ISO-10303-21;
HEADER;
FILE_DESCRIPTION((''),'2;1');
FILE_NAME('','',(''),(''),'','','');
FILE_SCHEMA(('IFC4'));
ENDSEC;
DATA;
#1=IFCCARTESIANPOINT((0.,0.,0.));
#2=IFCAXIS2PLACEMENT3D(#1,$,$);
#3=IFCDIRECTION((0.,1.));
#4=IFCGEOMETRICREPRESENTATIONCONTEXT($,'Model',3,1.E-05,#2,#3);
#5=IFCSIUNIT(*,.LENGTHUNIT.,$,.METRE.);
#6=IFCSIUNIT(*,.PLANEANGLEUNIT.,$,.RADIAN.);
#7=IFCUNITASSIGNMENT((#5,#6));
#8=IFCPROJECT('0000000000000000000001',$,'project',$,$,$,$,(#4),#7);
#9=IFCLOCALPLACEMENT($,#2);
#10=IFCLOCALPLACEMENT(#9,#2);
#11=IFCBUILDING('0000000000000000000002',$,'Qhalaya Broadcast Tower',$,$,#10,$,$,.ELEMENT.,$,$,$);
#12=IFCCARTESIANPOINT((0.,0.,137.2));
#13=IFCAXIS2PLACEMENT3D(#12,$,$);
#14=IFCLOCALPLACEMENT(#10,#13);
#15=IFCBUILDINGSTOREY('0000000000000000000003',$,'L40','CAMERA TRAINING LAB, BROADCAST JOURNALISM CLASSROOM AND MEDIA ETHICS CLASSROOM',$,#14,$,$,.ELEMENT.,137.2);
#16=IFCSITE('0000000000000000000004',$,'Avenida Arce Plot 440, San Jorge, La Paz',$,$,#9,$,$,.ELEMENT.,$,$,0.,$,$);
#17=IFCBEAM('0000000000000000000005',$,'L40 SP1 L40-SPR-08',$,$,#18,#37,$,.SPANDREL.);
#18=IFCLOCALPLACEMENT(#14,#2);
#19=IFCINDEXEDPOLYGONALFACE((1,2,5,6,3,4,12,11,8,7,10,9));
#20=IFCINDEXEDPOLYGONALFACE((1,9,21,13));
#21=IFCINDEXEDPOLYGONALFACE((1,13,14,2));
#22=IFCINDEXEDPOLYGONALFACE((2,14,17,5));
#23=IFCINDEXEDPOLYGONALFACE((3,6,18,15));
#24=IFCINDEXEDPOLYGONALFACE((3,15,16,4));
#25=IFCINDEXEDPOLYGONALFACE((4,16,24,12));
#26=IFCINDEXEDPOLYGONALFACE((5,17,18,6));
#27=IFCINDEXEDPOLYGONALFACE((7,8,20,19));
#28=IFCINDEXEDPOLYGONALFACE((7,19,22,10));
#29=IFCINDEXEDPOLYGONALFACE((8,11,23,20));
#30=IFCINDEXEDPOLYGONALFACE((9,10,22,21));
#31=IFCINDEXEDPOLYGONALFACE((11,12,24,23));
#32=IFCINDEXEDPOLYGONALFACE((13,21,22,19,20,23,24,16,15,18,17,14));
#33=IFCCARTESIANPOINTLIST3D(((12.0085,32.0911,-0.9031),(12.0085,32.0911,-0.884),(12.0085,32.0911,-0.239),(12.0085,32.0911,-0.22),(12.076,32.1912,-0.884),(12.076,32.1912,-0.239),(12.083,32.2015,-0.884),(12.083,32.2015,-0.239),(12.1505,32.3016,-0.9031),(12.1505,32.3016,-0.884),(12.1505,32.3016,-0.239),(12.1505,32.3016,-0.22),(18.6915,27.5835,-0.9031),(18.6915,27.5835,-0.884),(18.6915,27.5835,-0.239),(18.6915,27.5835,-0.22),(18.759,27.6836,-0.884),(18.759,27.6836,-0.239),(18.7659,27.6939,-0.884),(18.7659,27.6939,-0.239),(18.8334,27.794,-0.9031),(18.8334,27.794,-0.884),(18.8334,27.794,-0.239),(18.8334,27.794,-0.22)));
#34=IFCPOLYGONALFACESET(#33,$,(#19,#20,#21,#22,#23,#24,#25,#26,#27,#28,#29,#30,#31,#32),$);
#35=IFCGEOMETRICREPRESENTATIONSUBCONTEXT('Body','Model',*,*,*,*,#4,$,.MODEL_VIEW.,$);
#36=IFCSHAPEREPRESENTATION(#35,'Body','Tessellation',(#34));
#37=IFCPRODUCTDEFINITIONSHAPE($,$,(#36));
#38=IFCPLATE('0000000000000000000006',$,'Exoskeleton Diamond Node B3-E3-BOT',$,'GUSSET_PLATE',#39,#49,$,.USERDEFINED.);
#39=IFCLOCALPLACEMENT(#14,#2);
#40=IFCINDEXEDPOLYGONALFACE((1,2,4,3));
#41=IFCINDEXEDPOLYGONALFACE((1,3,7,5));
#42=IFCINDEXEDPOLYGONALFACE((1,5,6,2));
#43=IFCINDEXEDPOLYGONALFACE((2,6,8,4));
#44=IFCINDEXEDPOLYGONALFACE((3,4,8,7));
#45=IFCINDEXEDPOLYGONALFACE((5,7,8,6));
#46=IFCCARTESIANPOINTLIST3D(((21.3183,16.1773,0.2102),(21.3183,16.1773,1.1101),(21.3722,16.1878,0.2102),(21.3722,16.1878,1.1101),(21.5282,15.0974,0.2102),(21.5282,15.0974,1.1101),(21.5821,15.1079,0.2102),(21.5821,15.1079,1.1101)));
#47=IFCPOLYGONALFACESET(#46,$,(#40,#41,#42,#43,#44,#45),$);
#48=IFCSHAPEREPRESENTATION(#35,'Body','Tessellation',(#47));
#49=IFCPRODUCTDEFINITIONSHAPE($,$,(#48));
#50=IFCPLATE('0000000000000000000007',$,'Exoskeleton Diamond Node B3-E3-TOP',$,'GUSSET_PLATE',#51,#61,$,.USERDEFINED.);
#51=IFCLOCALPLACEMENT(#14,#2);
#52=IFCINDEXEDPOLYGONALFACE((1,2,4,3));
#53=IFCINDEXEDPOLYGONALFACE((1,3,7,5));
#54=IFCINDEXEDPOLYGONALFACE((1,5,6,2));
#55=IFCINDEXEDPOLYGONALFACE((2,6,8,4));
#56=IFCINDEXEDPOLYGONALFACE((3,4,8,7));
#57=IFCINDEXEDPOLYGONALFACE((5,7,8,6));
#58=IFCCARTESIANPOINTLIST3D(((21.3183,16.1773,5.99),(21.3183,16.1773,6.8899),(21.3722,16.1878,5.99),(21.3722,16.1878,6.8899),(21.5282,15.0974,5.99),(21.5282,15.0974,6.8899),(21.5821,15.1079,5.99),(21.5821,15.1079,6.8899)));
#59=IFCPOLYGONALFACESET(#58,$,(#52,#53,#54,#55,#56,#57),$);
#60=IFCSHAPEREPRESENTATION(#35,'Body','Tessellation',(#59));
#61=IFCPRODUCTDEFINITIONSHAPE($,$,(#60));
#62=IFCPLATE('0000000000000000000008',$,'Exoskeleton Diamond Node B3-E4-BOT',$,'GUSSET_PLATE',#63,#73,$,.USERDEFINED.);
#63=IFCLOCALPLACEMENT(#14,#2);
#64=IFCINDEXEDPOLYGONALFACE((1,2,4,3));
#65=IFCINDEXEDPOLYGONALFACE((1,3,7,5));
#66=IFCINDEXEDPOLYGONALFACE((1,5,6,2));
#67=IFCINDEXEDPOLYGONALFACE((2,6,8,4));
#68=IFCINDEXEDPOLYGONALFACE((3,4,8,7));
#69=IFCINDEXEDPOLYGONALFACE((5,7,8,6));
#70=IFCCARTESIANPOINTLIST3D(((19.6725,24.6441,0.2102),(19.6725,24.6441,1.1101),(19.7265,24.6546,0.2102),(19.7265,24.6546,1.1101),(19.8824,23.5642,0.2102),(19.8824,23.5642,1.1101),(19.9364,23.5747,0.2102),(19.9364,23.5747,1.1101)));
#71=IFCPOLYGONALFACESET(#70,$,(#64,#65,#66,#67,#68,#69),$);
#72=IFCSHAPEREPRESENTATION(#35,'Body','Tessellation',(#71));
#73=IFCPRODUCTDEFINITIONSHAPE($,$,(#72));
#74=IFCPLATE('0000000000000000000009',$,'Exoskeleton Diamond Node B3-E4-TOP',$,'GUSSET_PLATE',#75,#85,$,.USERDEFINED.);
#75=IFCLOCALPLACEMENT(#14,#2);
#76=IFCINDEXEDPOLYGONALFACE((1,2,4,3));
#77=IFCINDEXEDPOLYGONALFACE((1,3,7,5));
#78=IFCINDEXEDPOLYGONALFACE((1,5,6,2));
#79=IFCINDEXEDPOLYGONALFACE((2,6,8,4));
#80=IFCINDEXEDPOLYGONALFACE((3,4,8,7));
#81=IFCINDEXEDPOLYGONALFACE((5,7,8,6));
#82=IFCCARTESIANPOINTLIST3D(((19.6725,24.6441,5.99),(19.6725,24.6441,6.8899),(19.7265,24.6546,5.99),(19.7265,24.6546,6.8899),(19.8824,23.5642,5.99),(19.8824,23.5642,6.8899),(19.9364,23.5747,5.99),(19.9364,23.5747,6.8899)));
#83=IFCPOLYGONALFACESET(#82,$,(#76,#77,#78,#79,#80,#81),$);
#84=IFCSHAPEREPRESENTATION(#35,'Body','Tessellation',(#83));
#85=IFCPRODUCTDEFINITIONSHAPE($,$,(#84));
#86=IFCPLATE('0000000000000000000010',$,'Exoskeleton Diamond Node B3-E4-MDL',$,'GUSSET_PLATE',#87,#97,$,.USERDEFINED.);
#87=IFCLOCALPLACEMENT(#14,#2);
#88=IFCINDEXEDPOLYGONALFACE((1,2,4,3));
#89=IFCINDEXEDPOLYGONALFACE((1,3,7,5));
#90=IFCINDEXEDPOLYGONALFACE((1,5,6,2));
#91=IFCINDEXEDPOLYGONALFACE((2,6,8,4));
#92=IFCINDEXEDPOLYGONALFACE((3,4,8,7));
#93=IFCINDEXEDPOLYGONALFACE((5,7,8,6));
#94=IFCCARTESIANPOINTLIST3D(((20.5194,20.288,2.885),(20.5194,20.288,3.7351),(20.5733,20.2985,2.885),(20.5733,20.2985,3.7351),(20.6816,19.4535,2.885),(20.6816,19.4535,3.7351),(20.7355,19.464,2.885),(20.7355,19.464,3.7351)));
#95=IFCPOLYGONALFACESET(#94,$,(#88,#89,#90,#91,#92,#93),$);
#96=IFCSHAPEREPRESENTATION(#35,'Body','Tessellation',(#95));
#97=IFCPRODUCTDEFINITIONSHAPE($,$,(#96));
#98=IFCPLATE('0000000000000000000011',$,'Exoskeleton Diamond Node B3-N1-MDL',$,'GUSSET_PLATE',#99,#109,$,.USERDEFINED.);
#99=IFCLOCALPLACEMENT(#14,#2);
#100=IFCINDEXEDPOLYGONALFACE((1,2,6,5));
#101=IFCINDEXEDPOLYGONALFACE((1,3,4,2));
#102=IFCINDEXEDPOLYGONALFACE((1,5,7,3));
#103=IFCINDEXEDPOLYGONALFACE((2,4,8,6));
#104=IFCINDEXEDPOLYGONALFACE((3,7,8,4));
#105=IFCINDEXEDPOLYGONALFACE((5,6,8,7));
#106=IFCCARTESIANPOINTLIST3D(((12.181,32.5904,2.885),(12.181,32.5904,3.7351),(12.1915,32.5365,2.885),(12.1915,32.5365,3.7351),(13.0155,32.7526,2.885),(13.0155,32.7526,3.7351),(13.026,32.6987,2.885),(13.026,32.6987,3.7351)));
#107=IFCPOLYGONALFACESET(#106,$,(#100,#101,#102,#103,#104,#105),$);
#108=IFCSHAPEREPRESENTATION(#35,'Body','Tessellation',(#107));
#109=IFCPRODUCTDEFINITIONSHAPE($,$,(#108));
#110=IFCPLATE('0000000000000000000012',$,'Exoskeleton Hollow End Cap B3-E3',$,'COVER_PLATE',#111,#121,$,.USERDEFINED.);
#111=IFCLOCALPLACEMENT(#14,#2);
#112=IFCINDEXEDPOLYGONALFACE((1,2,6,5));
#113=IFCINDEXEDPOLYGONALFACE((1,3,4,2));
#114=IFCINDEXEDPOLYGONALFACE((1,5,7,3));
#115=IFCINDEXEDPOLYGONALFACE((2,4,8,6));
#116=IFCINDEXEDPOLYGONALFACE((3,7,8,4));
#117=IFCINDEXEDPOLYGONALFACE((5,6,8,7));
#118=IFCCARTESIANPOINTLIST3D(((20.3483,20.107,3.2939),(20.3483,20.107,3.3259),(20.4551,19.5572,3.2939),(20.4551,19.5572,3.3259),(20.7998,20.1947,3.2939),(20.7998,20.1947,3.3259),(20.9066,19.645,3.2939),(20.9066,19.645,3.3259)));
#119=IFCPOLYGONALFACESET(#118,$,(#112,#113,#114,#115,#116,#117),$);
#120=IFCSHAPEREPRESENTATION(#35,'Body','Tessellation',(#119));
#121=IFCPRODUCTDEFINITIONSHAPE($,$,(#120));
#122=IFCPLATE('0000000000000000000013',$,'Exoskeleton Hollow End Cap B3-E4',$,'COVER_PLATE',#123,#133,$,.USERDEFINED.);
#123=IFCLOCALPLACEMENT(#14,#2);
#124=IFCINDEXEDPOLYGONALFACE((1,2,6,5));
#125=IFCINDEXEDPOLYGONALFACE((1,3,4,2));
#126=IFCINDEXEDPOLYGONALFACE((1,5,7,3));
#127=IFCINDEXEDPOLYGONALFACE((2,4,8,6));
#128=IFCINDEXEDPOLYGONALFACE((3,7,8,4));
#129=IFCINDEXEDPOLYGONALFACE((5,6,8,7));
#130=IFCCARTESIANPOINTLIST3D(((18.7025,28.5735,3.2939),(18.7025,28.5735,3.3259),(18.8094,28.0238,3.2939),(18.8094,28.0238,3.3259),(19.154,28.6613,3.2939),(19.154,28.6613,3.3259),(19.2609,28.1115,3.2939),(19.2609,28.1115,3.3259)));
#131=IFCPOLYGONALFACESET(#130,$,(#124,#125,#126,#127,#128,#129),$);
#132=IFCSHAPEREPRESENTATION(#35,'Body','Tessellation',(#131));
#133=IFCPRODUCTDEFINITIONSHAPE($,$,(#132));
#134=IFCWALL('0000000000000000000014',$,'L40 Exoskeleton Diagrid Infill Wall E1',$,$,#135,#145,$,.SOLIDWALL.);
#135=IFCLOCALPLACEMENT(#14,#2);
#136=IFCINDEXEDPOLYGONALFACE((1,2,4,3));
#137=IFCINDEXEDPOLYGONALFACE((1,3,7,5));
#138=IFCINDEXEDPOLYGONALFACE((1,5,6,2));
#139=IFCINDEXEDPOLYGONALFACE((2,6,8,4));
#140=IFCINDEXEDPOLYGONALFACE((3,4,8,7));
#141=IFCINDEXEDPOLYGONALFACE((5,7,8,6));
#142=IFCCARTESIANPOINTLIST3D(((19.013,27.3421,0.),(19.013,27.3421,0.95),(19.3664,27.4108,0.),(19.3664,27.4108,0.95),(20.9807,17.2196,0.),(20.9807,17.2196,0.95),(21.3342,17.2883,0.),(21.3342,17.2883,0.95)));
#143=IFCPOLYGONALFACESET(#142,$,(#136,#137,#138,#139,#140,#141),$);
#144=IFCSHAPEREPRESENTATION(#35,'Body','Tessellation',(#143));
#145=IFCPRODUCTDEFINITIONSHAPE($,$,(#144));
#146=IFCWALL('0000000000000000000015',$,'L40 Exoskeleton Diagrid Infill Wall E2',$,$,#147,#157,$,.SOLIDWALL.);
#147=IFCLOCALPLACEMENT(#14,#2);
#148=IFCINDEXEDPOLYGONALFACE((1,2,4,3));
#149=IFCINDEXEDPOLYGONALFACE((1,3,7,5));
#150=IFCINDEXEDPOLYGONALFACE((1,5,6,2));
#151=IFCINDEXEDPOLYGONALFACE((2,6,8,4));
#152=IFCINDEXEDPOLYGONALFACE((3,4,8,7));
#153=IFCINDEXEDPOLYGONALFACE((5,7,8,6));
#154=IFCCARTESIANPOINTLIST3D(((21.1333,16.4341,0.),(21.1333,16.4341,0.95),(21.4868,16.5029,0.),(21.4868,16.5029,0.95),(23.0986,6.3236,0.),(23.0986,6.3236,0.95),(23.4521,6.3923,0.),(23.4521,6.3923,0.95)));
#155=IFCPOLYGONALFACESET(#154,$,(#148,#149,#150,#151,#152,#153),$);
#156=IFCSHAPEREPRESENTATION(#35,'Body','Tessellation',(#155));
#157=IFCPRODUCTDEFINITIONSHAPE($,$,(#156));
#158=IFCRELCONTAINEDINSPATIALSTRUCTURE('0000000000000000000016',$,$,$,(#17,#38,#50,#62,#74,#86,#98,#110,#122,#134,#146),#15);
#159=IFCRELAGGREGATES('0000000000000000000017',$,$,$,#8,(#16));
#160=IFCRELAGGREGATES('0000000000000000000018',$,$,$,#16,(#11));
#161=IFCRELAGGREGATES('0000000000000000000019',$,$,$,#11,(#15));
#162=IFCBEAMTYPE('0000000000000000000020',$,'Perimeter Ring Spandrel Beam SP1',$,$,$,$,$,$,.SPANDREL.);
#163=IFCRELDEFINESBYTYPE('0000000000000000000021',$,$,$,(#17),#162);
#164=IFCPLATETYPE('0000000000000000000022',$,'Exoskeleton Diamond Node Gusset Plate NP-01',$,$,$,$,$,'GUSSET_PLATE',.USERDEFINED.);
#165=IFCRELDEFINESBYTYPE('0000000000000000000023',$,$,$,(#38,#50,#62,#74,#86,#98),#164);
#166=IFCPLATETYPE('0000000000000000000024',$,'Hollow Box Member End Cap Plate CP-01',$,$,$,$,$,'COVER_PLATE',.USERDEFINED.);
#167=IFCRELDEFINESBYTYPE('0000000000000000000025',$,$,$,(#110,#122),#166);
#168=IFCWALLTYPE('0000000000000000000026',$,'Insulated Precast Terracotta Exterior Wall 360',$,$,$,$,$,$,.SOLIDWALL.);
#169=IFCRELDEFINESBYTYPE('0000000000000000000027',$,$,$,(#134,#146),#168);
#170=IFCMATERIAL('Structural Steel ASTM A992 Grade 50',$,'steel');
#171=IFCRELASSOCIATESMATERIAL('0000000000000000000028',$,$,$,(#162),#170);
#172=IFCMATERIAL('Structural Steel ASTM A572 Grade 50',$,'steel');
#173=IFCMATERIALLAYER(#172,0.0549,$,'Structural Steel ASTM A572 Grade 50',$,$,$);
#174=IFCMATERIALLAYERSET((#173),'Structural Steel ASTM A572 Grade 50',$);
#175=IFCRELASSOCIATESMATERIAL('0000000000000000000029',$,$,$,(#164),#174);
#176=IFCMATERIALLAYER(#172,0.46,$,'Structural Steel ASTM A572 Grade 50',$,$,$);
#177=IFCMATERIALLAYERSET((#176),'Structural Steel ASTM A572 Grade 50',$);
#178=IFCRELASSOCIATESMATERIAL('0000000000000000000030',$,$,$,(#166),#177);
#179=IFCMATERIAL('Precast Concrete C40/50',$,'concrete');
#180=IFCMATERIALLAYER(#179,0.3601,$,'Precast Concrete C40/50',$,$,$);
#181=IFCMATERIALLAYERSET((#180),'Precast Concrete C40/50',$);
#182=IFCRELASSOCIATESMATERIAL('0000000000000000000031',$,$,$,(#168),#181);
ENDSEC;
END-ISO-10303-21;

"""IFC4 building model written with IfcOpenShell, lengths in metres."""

from ifc_helpers import new_model, si_unit, direction, frame, frame_2d, origin, origin_2d, place, context, subcontext, project, spatial, rectangle, i_section, extrude, material, layer, layer_set, material_profile, profile_set, type_object, element, save


model = new_model("IFC4")

# Units and contexts
model_context = context("Model", 3, precision=1e-05, world=origin(), true_north=direction((0.0, 1.0)))
body_context = subcontext(model_context, "Body", "Model", "MODEL_VIEW")
ifc_project = project(units=[si_unit("LENGTHUNIT", "METRE"), si_unit("PLANEANGLEUNIT", "RADIAN")], contexts=[model_context])

# Site, building, storey
site_placement = place(None, origin())
site = spatial("IfcSite", under=ifc_project, at=site_placement, Name="Avenida Arce Plot 440, San Jorge, La Paz", CompositionType="ELEMENT", RefElevation=0.0)
building_placement = place(site_placement, origin())
building = spatial("IfcBuilding", under=site, at=building_placement, Name="Qhalaya Broadcast Tower", CompositionType="ELEMENT")
storey_placement = place(building_placement, frame((0.0, 0.0, 137.2)))
storey = spatial("IfcBuildingStorey", under=building, at=storey_placement, Name="L40", Description="CAMERA TRAINING LAB, BROADCAST JOURNALISM CLASSROOM AND MEDIA ETHICS CLASSROOM", CompositionType="ELEMENT", Elevation=137.2)

# Shared definitions
ifc_material_1 = material(Name="Structural Steel ASTM A572 Grade 50", Category="steel")

# Beam
ifc_material_2 = material(Name="Structural Steel ASTM A992 Grade 50", Category="steel")
ifc_material_profile_1 = material_profile(ifc_material_2, i_section(OverallWidth=0.2539, OverallDepth=0.6831, WebThickness=0.0125, FlangeThickness=0.019, at=origin_2d()), Name="W27X94")
ifc_profile_set_1 = profile_set([ifc_material_profile_1], Name="Structural Steel ASTM A992 Grade 50")
beam_type = type_object("IfcBeamType", Name="Perimeter Ring Spandrel Beam SP1", PredefinedType="SPANDREL", material=ifc_profile_set_1)
beam_1_placement = place(storey_placement, frame((18.7625, 27.6887, -0.5615), z_axis=(-0.829042, 0.559186, 0.0), x_axis=(-0.559186, -0.829042, 0.0)))
element("IfcBeam", 1, at=beam_1_placement, inside=storey, type_object=beam_type, Name="L40 SP1 L40-SPR-08", PredefinedType="SPANDREL", context=body_context, shape_type="SweptSolid", body=[
    extrude(i_section(OverallWidth=0.2539, OverallDepth=0.6831, WebThickness=0.0125, FlangeThickness=0.019, at=origin_2d()), origin(), (0.0, 0.0, 1.0), 8.061),
])

# Plates
ifc_layer_1 = layer(ifc_material_1, 0.0549, Name="Structural Steel ASTM A572 Grade 50")
ifc_layer_set_1 = layer_set([ifc_layer_1], Name="Structural Steel ASTM A572 Grade 50")
plate_type_1 = type_object("IfcPlateType", Name="Exoskeleton Diamond Node Gusset Plate NP-01", ElementType="GUSSET_PLATE", PredefinedType="USERDEFINED", material=ifc_layer_set_1)
for number, where, z_axis, x_axis, name in (
    (2, (21.4502, 15.6426, 0.2102), (0.0, 0.0, 1.0), (-0.190809, 0.981627, 0.0), "Exoskeleton Diamond Node B3-E3-BOT"),
    (3, (21.4502, 15.6426, 5.99), (0.0, 0.0, 1.0), (-0.190809, 0.981627, 0.0), "Exoskeleton Diamond Node B3-E3-TOP"),
    (4, (19.8044, 24.1094, 0.2102), (0.0, 0.0, 1.0), (-0.190809, 0.981627, 0.0), "Exoskeleton Diamond Node B3-E4-BOT"),
    (5, (19.8044, 24.1094, 5.99), (0.0, 0.0, 1.0), (-0.190809, 0.981627, 0.0), "Exoskeleton Diamond Node B3-E4-TOP"),
):
    element("IfcPlate", number, at=place(storey_placement, frame(where, z_axis=z_axis, x_axis=x_axis)), inside=storey, type_object=plate_type_1, Name=name, ObjectType="GUSSET_PLATE", PredefinedType="USERDEFINED", context=body_context, shape_type="SweptSolid", body=[
        extrude(rectangle(XDim=1.1001, YDim=0.0549, at=origin_2d()), origin(), (0.0, 0.0, 1.0), 0.8999),
    ])
for number, where, z_axis, x_axis, name in (
    (6, (20.6274, 19.876, 2.885), (0.0, 0.0, 1.0), (-0.190809, 0.981627, 0.0), "Exoskeleton Diamond Node B3-E4-MDL"),
    (7, (12.6035, 32.6445, 2.885), (0.0, 0.0, 1.0), (0.981627, 0.190809, 0.0), "Exoskeleton Diamond Node B3-N1-MDL"),
):
    element("IfcPlate", number, at=place(storey_placement, frame(where, z_axis=z_axis, x_axis=x_axis)), inside=storey, type_object=plate_type_1, Name=name, ObjectType="GUSSET_PLATE", PredefinedType="USERDEFINED", context=body_context, shape_type="SweptSolid", body=[
        extrude(rectangle(XDim=0.8501, YDim=0.0549, at=origin_2d()), origin(), (0.0, 0.0, 1.0), 0.8501),
    ])
ifc_layer_2 = layer(ifc_material_1, 0.46, Name="Structural Steel ASTM A572 Grade 50")
ifc_layer_set_2 = layer_set([ifc_layer_2], Name="Structural Steel ASTM A572 Grade 50")
plate_type_2 = type_object("IfcPlateType", Name="Hollow Box Member End Cap Plate CP-01", ElementType="COVER_PLATE", PredefinedType="USERDEFINED", material=ifc_layer_set_2)
for number, where, z_axis, x_axis, name in (
    (8, (20.6274, 19.876, 3.2939), (0.0, 0.0, 1.0), (-0.190809, 0.981627, 0.0), "Exoskeleton Hollow End Cap B3-E3"),
    (9, (18.9817, 28.3425, 3.2939), (0.0, 0.0, 1.0), (-0.190809, 0.981627, 0.0), "Exoskeleton Hollow End Cap B3-E4"),
):
    element("IfcPlate", number, at=place(storey_placement, frame(where, z_axis=z_axis, x_axis=x_axis)), inside=storey, type_object=plate_type_2, Name=name, ObjectType="COVER_PLATE", PredefinedType="USERDEFINED", context=body_context, shape_type="SweptSolid", body=[
        extrude(rectangle(XDim=0.5601, YDim=0.46, at=origin_2d()), origin(), (0.0, 0.0, 1.0), 0.032),
    ])

# Walls
ifc_material_3 = material(Name="Precast Concrete C40/50", Category="concrete")
ifc_layer_3 = layer(ifc_material_3, 0.3601, Name="Precast Concrete C40/50")
ifc_layer_set_3 = layer_set([ifc_layer_3], Name="Precast Concrete C40/50")
wall_type = type_object("IfcWallType", Name="Insulated Precast Terracotta Exterior Wall 360", PredefinedType="SOLIDWALL", material=ifc_layer_set_3)
wall_1_placement = place(storey_placement, frame((19.1897, 27.3765, 0.0), z_axis=(0.0, 0.0, 1.0), x_axis=(0.190823, -0.981625, 0.0)))
element("IfcWall", 10, at=wall_1_placement, inside=storey, type_object=wall_type, Name="L40 Exoskeleton Diagrid Infill Wall E1", PredefinedType="SOLIDWALL", context=body_context, shape_type="SweptSolid", body=[
    extrude(rectangle(XDim=10.312, YDim=0.3601, at=frame_2d((5.156, 0.0))), origin(), (0.0, 0.0, 1.0), 0.95),
])
wall_2_placement = place(storey_placement, frame((21.3101, 16.4685, 0.0), z_axis=(0.0, 0.0, 1.0), x_axis=(0.190812, -0.981627, 0.0)))
element("IfcWall", 11, at=wall_2_placement, inside=storey, type_object=wall_type, Name="L40 Exoskeleton Diagrid Infill Wall E2", PredefinedType="SOLIDWALL", context=body_context, shape_type="SweptSolid", body=[
    extrude(rectangle(XDim=10.2998, YDim=0.3601, at=frame_2d((5.1499, 0.0))), origin(), (0.0, 0.0, 1.0), 0.95),
])

save(model, "model.ifc")
